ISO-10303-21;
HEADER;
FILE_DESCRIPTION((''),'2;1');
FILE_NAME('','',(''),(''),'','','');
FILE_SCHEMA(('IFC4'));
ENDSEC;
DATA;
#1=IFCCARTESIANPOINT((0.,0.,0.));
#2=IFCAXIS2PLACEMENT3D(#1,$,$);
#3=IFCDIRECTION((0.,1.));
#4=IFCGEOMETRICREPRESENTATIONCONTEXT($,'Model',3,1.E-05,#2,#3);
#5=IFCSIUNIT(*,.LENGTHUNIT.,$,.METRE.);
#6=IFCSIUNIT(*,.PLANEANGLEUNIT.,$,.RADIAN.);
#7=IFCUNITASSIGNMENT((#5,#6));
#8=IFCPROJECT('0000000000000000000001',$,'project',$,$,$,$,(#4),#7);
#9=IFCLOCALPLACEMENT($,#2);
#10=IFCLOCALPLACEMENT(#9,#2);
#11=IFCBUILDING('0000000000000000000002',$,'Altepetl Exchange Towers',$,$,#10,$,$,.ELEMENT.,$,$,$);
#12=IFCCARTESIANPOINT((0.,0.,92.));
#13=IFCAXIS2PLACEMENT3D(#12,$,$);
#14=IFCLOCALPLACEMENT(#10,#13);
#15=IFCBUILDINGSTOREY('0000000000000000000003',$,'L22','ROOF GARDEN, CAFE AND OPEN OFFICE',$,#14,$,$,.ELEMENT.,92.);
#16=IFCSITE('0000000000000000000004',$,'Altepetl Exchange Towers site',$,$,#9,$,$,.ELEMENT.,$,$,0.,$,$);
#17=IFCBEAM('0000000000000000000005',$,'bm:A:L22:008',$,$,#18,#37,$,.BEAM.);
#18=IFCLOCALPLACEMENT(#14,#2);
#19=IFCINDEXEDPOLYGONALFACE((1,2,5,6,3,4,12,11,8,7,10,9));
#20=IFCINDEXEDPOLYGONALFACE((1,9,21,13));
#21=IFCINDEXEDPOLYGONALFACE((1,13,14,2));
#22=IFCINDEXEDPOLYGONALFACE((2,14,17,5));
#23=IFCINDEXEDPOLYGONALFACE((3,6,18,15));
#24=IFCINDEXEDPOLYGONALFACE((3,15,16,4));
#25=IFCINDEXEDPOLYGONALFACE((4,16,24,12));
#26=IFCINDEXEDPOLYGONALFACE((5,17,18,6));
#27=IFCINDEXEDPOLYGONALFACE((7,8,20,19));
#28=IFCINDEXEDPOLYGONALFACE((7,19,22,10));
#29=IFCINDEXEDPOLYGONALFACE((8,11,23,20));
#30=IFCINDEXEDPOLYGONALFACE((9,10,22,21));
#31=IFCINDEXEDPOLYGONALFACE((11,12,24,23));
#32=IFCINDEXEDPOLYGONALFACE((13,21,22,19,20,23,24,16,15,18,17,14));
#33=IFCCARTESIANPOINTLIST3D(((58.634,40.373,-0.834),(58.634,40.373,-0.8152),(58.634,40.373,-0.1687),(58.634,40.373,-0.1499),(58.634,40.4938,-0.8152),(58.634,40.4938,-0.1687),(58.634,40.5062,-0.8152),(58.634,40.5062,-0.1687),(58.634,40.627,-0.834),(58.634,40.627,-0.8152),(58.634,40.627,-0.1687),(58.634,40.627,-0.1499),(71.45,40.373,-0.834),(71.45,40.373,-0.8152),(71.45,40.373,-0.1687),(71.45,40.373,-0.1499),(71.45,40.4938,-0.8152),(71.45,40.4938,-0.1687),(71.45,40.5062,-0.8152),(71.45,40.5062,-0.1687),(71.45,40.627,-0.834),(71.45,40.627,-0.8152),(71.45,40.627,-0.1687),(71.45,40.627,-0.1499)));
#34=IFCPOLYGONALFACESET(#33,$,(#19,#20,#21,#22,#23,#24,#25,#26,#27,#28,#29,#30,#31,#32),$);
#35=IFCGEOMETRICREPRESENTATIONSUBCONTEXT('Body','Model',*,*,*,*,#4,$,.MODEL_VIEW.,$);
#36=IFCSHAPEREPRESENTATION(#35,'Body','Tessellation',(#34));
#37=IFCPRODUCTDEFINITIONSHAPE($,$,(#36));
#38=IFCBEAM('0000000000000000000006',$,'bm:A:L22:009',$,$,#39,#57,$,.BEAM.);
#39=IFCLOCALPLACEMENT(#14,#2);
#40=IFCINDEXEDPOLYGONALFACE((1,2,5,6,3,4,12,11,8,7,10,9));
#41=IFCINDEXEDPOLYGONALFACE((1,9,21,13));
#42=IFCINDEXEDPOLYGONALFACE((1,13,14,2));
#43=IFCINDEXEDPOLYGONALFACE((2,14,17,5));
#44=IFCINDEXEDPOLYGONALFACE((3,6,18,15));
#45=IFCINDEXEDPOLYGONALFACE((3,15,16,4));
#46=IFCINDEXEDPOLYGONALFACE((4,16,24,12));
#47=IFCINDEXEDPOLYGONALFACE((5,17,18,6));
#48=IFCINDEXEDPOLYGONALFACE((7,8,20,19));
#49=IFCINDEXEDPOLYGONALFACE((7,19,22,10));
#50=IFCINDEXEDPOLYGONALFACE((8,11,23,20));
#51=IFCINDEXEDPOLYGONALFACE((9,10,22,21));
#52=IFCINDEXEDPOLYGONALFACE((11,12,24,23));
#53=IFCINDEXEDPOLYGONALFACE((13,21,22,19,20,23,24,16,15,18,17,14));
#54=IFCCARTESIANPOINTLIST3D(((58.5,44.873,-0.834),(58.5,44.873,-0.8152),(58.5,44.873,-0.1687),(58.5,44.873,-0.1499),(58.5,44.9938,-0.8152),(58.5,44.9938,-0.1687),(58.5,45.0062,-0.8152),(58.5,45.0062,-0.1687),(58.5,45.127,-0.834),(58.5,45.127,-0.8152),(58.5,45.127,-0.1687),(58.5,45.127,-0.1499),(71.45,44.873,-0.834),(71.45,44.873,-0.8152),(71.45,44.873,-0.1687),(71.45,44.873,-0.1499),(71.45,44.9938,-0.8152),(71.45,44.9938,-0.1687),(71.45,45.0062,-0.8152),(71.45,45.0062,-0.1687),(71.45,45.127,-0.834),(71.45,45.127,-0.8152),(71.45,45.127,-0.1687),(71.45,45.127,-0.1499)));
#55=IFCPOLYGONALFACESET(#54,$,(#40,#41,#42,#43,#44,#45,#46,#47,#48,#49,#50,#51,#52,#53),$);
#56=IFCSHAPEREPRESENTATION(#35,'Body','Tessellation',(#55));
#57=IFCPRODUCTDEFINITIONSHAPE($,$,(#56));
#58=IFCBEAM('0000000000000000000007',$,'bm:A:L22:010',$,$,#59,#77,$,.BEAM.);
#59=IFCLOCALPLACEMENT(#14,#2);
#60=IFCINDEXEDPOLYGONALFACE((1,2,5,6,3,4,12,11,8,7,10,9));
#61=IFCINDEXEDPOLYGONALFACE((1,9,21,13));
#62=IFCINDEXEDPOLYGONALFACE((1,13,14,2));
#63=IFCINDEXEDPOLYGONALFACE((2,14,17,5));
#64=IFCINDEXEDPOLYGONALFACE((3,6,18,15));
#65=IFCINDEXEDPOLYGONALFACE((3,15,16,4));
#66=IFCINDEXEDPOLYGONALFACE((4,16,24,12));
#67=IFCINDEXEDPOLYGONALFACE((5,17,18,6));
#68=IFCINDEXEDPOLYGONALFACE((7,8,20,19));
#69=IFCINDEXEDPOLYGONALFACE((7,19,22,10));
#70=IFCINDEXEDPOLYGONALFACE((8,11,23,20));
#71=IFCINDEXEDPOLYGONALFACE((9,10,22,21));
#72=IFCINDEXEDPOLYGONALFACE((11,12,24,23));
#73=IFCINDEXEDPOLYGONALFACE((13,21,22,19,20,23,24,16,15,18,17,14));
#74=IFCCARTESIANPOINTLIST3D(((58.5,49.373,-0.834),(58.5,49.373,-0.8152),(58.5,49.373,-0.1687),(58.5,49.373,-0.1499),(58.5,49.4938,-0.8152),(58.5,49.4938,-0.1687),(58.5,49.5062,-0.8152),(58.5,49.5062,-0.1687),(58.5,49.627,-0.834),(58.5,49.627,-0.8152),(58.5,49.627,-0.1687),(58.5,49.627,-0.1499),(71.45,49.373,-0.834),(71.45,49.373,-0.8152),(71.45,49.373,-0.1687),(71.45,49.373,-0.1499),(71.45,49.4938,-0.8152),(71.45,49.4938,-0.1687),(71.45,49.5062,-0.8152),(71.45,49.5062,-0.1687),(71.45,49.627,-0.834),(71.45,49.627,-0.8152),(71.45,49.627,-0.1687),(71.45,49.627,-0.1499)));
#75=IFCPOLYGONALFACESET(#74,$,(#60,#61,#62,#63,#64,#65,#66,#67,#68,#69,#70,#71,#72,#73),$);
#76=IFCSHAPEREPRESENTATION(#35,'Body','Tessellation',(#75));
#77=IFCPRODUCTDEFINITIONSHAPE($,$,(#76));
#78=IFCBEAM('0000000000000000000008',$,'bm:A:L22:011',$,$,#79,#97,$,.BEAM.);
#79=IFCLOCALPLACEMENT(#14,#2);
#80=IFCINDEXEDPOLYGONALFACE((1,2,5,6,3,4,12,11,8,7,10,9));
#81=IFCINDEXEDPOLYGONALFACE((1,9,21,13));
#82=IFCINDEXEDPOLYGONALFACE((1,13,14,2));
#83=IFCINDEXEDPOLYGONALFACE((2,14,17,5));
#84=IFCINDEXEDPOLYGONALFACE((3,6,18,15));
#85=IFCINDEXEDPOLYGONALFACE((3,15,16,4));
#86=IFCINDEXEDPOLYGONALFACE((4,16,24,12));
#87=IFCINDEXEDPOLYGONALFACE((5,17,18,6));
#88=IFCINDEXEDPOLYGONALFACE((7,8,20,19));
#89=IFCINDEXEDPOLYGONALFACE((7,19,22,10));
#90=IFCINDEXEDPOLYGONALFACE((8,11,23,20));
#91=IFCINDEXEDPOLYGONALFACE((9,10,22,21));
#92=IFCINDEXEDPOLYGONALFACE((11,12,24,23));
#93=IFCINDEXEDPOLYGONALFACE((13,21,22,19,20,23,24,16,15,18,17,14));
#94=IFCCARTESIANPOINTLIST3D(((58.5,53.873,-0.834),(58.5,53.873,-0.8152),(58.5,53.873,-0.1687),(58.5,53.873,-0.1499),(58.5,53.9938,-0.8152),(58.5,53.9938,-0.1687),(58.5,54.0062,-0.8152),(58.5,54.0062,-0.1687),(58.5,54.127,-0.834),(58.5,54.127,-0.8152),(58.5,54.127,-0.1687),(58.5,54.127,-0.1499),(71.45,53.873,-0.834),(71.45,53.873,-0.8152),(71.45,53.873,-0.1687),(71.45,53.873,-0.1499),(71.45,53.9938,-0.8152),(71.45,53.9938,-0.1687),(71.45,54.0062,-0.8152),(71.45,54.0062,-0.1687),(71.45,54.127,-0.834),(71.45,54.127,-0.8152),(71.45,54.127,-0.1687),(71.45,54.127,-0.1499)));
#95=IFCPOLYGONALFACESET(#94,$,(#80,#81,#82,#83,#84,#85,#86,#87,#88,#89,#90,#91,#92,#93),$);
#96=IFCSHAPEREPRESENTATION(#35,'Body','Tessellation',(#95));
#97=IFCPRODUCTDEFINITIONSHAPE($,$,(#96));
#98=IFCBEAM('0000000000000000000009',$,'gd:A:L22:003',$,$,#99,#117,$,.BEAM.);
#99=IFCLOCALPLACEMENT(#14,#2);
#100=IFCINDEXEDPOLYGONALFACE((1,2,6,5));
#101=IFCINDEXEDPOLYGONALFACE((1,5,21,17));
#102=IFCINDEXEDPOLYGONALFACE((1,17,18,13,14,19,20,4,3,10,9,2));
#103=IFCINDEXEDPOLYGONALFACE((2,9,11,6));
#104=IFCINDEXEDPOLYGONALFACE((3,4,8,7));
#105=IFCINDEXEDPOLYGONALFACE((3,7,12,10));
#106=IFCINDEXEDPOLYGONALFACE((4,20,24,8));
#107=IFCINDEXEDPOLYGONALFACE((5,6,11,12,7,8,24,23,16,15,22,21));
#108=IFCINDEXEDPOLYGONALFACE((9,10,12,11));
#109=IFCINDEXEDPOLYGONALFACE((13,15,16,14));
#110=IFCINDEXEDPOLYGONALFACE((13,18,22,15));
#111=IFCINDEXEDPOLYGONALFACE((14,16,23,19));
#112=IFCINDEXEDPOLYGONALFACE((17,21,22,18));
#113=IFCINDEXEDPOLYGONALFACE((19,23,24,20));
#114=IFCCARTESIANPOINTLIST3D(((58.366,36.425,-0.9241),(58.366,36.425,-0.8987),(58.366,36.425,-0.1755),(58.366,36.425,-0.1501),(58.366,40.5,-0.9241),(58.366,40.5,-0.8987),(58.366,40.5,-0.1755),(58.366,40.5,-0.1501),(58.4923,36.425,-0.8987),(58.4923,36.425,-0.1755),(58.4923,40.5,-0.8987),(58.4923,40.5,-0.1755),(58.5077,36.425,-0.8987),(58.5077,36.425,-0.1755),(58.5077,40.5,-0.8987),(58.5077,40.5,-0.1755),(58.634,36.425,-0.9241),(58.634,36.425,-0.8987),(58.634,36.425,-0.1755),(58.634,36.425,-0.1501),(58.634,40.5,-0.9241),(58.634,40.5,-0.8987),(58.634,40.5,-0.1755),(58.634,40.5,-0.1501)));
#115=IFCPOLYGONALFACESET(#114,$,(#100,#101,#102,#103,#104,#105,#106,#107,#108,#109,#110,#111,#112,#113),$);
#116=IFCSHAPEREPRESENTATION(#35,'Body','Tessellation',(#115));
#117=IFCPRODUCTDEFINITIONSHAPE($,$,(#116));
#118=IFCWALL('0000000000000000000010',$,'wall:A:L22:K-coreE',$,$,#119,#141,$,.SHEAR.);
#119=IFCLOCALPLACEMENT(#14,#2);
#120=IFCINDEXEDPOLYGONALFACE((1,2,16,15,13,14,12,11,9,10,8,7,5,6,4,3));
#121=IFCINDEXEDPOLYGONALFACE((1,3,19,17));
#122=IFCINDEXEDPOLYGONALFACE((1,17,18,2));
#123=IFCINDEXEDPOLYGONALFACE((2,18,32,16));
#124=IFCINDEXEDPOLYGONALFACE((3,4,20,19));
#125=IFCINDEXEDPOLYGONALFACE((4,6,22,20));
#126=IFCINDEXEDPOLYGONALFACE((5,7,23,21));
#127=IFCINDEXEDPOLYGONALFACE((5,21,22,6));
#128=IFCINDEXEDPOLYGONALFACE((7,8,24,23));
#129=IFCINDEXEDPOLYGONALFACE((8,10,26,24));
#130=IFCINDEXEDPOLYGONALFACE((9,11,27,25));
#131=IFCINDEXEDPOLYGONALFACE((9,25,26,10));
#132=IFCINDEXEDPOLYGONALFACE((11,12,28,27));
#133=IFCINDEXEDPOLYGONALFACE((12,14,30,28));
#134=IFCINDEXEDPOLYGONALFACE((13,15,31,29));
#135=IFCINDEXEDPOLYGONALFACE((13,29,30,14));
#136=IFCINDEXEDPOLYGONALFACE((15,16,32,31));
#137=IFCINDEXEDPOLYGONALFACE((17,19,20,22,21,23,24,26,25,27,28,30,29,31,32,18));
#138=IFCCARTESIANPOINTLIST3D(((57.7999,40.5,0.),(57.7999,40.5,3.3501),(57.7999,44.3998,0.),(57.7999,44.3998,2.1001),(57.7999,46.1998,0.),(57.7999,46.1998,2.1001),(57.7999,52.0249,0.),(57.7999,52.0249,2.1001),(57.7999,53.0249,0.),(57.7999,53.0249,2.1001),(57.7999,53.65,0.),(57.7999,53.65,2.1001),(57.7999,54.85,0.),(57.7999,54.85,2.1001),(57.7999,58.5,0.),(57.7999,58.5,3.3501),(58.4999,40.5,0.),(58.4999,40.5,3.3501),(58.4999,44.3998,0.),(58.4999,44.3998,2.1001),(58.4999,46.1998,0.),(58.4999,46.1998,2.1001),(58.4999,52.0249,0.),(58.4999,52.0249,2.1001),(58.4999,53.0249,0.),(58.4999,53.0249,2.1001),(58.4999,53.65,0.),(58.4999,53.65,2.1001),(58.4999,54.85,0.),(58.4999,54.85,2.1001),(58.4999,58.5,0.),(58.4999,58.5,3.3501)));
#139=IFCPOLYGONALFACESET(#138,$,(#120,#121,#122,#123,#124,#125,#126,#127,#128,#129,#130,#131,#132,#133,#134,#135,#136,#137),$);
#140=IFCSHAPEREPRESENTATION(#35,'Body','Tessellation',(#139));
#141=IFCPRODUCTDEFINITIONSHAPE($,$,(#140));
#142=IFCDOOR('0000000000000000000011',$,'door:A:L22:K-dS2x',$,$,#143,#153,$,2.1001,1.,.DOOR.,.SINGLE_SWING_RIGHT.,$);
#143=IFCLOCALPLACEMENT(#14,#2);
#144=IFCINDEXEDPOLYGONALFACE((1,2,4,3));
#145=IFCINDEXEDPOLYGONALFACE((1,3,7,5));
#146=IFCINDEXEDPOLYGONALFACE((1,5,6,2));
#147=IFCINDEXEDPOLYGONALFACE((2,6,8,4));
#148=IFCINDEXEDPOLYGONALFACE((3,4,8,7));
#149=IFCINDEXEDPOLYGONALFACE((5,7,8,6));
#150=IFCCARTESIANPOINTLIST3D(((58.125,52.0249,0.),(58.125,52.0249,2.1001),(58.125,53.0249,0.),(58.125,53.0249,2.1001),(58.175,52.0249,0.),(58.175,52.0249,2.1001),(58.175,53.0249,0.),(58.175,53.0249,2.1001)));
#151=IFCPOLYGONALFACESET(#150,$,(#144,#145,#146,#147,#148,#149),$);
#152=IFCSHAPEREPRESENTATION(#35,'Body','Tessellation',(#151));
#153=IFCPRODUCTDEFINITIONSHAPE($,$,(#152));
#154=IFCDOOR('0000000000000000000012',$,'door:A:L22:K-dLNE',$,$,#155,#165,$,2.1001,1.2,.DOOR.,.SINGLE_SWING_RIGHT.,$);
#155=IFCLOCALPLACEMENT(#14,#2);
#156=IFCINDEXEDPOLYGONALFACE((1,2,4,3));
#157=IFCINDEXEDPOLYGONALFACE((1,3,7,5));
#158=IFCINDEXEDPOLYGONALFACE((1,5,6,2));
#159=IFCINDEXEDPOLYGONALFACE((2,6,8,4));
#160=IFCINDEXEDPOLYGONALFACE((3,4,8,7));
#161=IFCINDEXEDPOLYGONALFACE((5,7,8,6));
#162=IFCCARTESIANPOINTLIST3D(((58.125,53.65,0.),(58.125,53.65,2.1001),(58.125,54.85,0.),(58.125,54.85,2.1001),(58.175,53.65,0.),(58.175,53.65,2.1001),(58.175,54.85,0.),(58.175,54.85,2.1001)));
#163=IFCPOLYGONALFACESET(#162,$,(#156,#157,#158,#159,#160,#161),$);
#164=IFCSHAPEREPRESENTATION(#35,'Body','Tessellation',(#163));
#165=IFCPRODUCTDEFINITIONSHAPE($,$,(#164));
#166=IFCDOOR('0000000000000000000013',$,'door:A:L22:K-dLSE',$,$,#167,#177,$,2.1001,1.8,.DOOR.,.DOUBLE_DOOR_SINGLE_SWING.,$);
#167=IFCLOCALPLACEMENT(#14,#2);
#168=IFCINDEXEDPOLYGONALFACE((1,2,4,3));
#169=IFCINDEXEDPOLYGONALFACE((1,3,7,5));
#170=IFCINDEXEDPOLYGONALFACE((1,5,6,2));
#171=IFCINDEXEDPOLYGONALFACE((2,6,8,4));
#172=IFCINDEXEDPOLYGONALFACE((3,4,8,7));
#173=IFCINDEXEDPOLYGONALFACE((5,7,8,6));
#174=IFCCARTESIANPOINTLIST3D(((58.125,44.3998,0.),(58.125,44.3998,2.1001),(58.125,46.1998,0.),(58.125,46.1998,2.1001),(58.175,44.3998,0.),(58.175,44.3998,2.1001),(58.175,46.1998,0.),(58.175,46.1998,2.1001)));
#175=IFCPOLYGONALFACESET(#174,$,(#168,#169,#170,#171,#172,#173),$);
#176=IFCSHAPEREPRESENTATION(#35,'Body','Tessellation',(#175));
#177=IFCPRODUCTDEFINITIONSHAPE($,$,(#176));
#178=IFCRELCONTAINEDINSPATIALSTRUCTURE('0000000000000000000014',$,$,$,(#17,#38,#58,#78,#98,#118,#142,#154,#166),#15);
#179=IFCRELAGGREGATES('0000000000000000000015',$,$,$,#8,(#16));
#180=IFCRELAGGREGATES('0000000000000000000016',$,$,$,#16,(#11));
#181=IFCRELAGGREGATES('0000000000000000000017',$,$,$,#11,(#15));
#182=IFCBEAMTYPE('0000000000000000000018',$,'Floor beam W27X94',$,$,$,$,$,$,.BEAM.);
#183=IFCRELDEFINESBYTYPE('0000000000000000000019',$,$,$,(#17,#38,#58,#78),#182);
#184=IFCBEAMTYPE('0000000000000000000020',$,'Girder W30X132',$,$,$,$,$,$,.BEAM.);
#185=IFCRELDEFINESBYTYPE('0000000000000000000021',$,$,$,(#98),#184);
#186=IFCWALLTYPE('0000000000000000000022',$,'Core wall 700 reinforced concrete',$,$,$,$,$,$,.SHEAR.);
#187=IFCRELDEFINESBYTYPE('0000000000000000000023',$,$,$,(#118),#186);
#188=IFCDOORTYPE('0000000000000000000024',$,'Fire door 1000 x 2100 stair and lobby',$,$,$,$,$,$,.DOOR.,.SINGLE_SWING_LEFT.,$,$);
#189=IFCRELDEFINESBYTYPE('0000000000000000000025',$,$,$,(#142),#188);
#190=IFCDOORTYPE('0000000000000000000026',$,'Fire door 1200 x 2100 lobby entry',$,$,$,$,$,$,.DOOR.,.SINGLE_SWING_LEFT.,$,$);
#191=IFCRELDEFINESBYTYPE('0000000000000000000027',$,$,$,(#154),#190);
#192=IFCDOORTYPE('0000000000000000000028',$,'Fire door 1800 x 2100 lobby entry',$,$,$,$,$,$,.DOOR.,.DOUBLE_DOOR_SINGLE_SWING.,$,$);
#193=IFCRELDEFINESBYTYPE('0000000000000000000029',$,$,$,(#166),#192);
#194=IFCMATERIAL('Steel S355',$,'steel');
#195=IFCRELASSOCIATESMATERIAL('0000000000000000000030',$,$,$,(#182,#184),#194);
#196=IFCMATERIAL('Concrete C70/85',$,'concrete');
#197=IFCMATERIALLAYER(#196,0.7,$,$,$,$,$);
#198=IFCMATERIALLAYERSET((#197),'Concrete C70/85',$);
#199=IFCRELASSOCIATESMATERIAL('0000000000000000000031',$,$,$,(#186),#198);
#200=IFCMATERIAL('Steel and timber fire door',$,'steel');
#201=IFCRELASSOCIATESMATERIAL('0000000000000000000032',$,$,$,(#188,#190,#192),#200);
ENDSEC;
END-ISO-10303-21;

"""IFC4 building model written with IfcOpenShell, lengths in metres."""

from ifc_helpers import new_model, si_unit, direction, frame, frame_2d, origin, origin_2d, place, context, subcontext, project, spatial, rectangle, i_section, extrude, material, layer, layer_set, material_profile, profile_set, type_object, element, fill, save


model = new_model("IFC4")

# Units and contexts
model_context = context("Model", 3, precision=1e-05, world=origin(), true_north=direction((0.0, 1.0)))
body_context = subcontext(model_context, "Body", "Model", "MODEL_VIEW")
ifc_project = project(units=[si_unit("LENGTHUNIT", "METRE"), si_unit("PLANEANGLEUNIT", "RADIAN")], contexts=[model_context])

# Site, building, storey
site_placement = place(None, origin())
site = spatial("IfcSite", under=ifc_project, at=site_placement, Name="Altepetl Exchange Towers site", CompositionType="ELEMENT", RefElevation=0.0)
building_placement = place(site_placement, origin())
building = spatial("IfcBuilding", under=site, at=building_placement, Name="Altepetl Exchange Towers", CompositionType="ELEMENT")
storey_placement = place(building_placement, frame((0.0, 0.0, 92.0)))
storey = spatial("IfcBuildingStorey", under=building, at=storey_placement, Name="L22", Description="ROOF GARDEN, CAFE AND OPEN OFFICE", CompositionType="ELEMENT", Elevation=92.0)

# Beams
ifc_material_1 = material(Name="Steel S355", Category="steel")
ifc_material_profile_1 = material_profile(ifc_material_1, i_section(OverallWidth=0.2539, OverallDepth=0.6841, WebThickness=0.0125, FlangeThickness=0.0188, at=origin_2d()), Name="W27X94")
ifc_profile_set_1 = profile_set([ifc_material_profile_1], Name="Steel S355")
beam_type_1 = type_object("IfcBeamType", Name="Floor beam W27X94", PredefinedType="BEAM", material=ifc_profile_set_1)
beam_1_placement = place(storey_placement, frame((58.634, 40.5, -0.4919), z_axis=(1.0, 0.0, 0.0), x_axis=(0.0, 1.0, 0.0)))
element("IfcBeam", 1, at=beam_1_placement, inside=storey, type_object=beam_type_1, Name="bm:A:L22:008", PredefinedType="BEAM", context=body_context, shape_type="SweptSolid", body=[
    extrude(i_section(OverallWidth=0.2539, OverallDepth=0.6841, WebThickness=0.0125, FlangeThickness=0.0188, at=origin_2d()), origin(), (0.0, 0.0, 1.0), 12.8159),
])
for number, where, z_axis, x_axis, name in (
    (2, (58.5, 45.0, -0.4919), (1.0, 0.0, 0.0), (0.0, 1.0, 0.0), "bm:A:L22:009"),
    (3, (58.5, 49.5, -0.4919), (1.0, 0.0, 0.0), (0.0, 1.0, 0.0), "bm:A:L22:010"),
    (4, (58.5, 54.0, -0.4919), (1.0, 0.0, 0.0), (0.0, 1.0, 0.0), "bm:A:L22:011"),
):
    element("IfcBeam", number, at=place(storey_placement, frame(where, z_axis=z_axis, x_axis=x_axis)), inside=storey, type_object=beam_type_1, Name=name, PredefinedType="BEAM", context=body_context, shape_type="SweptSolid", body=[
        extrude(i_section(OverallWidth=0.2539, OverallDepth=0.6841, WebThickness=0.0125, FlangeThickness=0.0188, at=origin_2d()), origin(), (0.0, 0.0, 1.0), 12.95),
    ])
ifc_material_profile_2 = material_profile(ifc_material_1, i_section(OverallWidth=0.2681, OverallDepth=0.7739, WebThickness=0.0154, FlangeThickness=0.0254, at=origin_2d()), Name="W30X132")
ifc_profile_set_2 = profile_set([ifc_material_profile_2], Name="Steel S355")
beam_type_2 = type_object("IfcBeamType", Name="Girder W30X132", PredefinedType="BEAM", material=ifc_profile_set_2)
beam_2_placement = place(storey_placement, frame((58.5, 40.5, -0.5371), z_axis=(0.0, -1.0, 0.0), x_axis=(1.0, 0.0, 0.0)))
element("IfcBeam", 5, at=beam_2_placement, inside=storey, type_object=beam_type_2, Name="gd:A:L22:003", PredefinedType="BEAM", context=body_context, shape_type="SweptSolid", body=[
    extrude(i_section(OverallWidth=0.2681, OverallDepth=0.7739, WebThickness=0.0154, FlangeThickness=0.0254, at=origin_2d()), origin(), (0.0, 0.0, 1.0), 4.075),
])

# Wall, openings, doors
ifc_material_2 = material(Name="Concrete C70/85", Category="concrete")
ifc_layer_1 = layer(ifc_material_2, 0.7)
ifc_layer_set_1 = layer_set([ifc_layer_1], Name="Concrete C70/85")
wall_type_1 = type_object("IfcWallType", Name="Core wall 700 reinforced concrete", PredefinedType="SHEAR", material=ifc_layer_set_1)
wall_1_placement = place(storey_placement, frame((58.1499, 40.5, 0.0), z_axis=(0.0, 0.0, 1.0), x_axis=(0.0, 1.0, 0.0)))
wall_1 = element("IfcWall", 6, at=wall_1_placement, inside=storey, type_object=wall_type_1, Name="wall:A:L22:K-coreE", PredefinedType="SHEAR", context=body_context, shape_type="SweptSolid", body=[
    extrude(rectangle(XDim=18.0, YDim=0.7, at=frame_2d((9.0, 0.0))), origin(), (0.0, 0.0, 1.0), 3.3501),
])
opening_1_placement = place(wall_1_placement, frame((13.1499, 0.0, 0.0)))
opening_1 = element("IfcOpeningElement", 7, at=opening_1_placement, cuts=wall_1, PredefinedType="OPENING", context=body_context, shape_type="SweptSolid", body=[
    extrude(rectangle(XDim=1.2, YDim=2.1001, at=frame_2d((0.6001, 1.05))), frame((0.0, 0.3599, 0.0), z_axis=(0.0, -1.0, 0.0), x_axis=(1.0, 0.0, 0.0)), (0.0, 0.0, 1.0), 0.72),
])
opening_2_placement = place(wall_1_placement, frame((3.8999, 0.0, 0.0)))
opening_2 = element("IfcOpeningElement", 8, at=opening_2_placement, cuts=wall_1, PredefinedType="OPENING", context=body_context, shape_type="SweptSolid", body=[
    extrude(rectangle(XDim=1.8, YDim=2.1001, at=frame_2d((0.8999, 1.05))), frame((0.0, 0.3599, 0.0), z_axis=(0.0, -1.0, 0.0), x_axis=(1.0, 0.0, 0.0)), (0.0, 0.0, 1.0), 0.72),
])
opening_3_placement = place(wall_1_placement, frame((11.5249, 0.0, 0.0)))
opening_3 = element("IfcOpeningElement", 9, at=opening_3_placement, cuts=wall_1, PredefinedType="OPENING", context=body_context, shape_type="SweptSolid", body=[
    extrude(rectangle(XDim=1.0, YDim=2.1001, at=frame_2d((0.5, 1.05))), frame((0.0, 0.3599, 0.0), z_axis=(0.0, -1.0, 0.0), x_axis=(1.0, 0.0, 0.0)), (0.0, 0.0, 1.0), 0.72),
])
ifc_material_3 = material(Name="Steel and timber fire door", Category="steel")
door_type_1 = type_object("IfcDoorType", Name="Fire door 1000 x 2100 stair and lobby", OperationType="SINGLE_SWING_LEFT", PredefinedType="DOOR", material=ifc_material_3)
door_1_placement = place(opening_3_placement, origin())
door_1 = element("IfcDoor", 10, at=door_1_placement, inside=storey, type_object=door_type_1, Name="door:A:L22:K-dS2x", OperationType="SINGLE_SWING_RIGHT", OverallHeight=2.1001, OverallWidth=1.0, PredefinedType="DOOR", context=body_context, shape_type="SweptSolid", body=[
    extrude(rectangle(XDim=1.0, YDim=2.1001, at=frame_2d((0.5, 1.05))), frame((0.0, 0.0249, 0.0), z_axis=(0.0, -1.0, 0.0), x_axis=(1.0, 0.0, 0.0)), (0.0, 0.0, 1.0), 0.05),
])
fill(opening_3, door_1)
door_type_2 = type_object("IfcDoorType", Name="Fire door 1200 x 2100 lobby entry", OperationType="SINGLE_SWING_LEFT", PredefinedType="DOOR", material=ifc_material_3)
door_2_placement = place(opening_1_placement, origin())
door_2 = element("IfcDoor", 11, at=door_2_placement, inside=storey, type_object=door_type_2, Name="door:A:L22:K-dLNE", OperationType="SINGLE_SWING_RIGHT", OverallHeight=2.1001, OverallWidth=1.2, PredefinedType="DOOR", context=body_context, shape_type="SweptSolid", body=[
    extrude(rectangle(XDim=1.2, YDim=2.1001, at=frame_2d((0.6001, 1.05))), frame((0.0, 0.0249, 0.0), z_axis=(0.0, -1.0, 0.0), x_axis=(1.0, 0.0, 0.0)), (0.0, 0.0, 1.0), 0.05),
])
fill(opening_1, door_2)
door_type_3 = type_object("IfcDoorType", Name="Fire door 1800 x 2100 lobby entry", OperationType="DOUBLE_DOOR_SINGLE_SWING", PredefinedType="DOOR", material=ifc_material_3)
door_3_placement = place(opening_2_placement, origin())
door_3 = element("IfcDoor", 12, at=door_3_placement, inside=storey, type_object=door_type_3, Name="door:A:L22:K-dLSE", OperationType="DOUBLE_DOOR_SINGLE_SWING", OverallHeight=2.1001, OverallWidth=1.8, PredefinedType="DOOR", context=body_context, shape_type="SweptSolid", body=[
    extrude(rectangle(XDim=1.8, YDim=2.1001, at=frame_2d((0.8999, 1.05))), frame((0.0, 0.0249, 0.0), z_axis=(0.0, -1.0, 0.0), x_axis=(1.0, 0.0, 0.0)), (0.0, 0.0, 1.0), 0.05),
])
fill(opening_2, door_3)

save(model, "model.ifc")
